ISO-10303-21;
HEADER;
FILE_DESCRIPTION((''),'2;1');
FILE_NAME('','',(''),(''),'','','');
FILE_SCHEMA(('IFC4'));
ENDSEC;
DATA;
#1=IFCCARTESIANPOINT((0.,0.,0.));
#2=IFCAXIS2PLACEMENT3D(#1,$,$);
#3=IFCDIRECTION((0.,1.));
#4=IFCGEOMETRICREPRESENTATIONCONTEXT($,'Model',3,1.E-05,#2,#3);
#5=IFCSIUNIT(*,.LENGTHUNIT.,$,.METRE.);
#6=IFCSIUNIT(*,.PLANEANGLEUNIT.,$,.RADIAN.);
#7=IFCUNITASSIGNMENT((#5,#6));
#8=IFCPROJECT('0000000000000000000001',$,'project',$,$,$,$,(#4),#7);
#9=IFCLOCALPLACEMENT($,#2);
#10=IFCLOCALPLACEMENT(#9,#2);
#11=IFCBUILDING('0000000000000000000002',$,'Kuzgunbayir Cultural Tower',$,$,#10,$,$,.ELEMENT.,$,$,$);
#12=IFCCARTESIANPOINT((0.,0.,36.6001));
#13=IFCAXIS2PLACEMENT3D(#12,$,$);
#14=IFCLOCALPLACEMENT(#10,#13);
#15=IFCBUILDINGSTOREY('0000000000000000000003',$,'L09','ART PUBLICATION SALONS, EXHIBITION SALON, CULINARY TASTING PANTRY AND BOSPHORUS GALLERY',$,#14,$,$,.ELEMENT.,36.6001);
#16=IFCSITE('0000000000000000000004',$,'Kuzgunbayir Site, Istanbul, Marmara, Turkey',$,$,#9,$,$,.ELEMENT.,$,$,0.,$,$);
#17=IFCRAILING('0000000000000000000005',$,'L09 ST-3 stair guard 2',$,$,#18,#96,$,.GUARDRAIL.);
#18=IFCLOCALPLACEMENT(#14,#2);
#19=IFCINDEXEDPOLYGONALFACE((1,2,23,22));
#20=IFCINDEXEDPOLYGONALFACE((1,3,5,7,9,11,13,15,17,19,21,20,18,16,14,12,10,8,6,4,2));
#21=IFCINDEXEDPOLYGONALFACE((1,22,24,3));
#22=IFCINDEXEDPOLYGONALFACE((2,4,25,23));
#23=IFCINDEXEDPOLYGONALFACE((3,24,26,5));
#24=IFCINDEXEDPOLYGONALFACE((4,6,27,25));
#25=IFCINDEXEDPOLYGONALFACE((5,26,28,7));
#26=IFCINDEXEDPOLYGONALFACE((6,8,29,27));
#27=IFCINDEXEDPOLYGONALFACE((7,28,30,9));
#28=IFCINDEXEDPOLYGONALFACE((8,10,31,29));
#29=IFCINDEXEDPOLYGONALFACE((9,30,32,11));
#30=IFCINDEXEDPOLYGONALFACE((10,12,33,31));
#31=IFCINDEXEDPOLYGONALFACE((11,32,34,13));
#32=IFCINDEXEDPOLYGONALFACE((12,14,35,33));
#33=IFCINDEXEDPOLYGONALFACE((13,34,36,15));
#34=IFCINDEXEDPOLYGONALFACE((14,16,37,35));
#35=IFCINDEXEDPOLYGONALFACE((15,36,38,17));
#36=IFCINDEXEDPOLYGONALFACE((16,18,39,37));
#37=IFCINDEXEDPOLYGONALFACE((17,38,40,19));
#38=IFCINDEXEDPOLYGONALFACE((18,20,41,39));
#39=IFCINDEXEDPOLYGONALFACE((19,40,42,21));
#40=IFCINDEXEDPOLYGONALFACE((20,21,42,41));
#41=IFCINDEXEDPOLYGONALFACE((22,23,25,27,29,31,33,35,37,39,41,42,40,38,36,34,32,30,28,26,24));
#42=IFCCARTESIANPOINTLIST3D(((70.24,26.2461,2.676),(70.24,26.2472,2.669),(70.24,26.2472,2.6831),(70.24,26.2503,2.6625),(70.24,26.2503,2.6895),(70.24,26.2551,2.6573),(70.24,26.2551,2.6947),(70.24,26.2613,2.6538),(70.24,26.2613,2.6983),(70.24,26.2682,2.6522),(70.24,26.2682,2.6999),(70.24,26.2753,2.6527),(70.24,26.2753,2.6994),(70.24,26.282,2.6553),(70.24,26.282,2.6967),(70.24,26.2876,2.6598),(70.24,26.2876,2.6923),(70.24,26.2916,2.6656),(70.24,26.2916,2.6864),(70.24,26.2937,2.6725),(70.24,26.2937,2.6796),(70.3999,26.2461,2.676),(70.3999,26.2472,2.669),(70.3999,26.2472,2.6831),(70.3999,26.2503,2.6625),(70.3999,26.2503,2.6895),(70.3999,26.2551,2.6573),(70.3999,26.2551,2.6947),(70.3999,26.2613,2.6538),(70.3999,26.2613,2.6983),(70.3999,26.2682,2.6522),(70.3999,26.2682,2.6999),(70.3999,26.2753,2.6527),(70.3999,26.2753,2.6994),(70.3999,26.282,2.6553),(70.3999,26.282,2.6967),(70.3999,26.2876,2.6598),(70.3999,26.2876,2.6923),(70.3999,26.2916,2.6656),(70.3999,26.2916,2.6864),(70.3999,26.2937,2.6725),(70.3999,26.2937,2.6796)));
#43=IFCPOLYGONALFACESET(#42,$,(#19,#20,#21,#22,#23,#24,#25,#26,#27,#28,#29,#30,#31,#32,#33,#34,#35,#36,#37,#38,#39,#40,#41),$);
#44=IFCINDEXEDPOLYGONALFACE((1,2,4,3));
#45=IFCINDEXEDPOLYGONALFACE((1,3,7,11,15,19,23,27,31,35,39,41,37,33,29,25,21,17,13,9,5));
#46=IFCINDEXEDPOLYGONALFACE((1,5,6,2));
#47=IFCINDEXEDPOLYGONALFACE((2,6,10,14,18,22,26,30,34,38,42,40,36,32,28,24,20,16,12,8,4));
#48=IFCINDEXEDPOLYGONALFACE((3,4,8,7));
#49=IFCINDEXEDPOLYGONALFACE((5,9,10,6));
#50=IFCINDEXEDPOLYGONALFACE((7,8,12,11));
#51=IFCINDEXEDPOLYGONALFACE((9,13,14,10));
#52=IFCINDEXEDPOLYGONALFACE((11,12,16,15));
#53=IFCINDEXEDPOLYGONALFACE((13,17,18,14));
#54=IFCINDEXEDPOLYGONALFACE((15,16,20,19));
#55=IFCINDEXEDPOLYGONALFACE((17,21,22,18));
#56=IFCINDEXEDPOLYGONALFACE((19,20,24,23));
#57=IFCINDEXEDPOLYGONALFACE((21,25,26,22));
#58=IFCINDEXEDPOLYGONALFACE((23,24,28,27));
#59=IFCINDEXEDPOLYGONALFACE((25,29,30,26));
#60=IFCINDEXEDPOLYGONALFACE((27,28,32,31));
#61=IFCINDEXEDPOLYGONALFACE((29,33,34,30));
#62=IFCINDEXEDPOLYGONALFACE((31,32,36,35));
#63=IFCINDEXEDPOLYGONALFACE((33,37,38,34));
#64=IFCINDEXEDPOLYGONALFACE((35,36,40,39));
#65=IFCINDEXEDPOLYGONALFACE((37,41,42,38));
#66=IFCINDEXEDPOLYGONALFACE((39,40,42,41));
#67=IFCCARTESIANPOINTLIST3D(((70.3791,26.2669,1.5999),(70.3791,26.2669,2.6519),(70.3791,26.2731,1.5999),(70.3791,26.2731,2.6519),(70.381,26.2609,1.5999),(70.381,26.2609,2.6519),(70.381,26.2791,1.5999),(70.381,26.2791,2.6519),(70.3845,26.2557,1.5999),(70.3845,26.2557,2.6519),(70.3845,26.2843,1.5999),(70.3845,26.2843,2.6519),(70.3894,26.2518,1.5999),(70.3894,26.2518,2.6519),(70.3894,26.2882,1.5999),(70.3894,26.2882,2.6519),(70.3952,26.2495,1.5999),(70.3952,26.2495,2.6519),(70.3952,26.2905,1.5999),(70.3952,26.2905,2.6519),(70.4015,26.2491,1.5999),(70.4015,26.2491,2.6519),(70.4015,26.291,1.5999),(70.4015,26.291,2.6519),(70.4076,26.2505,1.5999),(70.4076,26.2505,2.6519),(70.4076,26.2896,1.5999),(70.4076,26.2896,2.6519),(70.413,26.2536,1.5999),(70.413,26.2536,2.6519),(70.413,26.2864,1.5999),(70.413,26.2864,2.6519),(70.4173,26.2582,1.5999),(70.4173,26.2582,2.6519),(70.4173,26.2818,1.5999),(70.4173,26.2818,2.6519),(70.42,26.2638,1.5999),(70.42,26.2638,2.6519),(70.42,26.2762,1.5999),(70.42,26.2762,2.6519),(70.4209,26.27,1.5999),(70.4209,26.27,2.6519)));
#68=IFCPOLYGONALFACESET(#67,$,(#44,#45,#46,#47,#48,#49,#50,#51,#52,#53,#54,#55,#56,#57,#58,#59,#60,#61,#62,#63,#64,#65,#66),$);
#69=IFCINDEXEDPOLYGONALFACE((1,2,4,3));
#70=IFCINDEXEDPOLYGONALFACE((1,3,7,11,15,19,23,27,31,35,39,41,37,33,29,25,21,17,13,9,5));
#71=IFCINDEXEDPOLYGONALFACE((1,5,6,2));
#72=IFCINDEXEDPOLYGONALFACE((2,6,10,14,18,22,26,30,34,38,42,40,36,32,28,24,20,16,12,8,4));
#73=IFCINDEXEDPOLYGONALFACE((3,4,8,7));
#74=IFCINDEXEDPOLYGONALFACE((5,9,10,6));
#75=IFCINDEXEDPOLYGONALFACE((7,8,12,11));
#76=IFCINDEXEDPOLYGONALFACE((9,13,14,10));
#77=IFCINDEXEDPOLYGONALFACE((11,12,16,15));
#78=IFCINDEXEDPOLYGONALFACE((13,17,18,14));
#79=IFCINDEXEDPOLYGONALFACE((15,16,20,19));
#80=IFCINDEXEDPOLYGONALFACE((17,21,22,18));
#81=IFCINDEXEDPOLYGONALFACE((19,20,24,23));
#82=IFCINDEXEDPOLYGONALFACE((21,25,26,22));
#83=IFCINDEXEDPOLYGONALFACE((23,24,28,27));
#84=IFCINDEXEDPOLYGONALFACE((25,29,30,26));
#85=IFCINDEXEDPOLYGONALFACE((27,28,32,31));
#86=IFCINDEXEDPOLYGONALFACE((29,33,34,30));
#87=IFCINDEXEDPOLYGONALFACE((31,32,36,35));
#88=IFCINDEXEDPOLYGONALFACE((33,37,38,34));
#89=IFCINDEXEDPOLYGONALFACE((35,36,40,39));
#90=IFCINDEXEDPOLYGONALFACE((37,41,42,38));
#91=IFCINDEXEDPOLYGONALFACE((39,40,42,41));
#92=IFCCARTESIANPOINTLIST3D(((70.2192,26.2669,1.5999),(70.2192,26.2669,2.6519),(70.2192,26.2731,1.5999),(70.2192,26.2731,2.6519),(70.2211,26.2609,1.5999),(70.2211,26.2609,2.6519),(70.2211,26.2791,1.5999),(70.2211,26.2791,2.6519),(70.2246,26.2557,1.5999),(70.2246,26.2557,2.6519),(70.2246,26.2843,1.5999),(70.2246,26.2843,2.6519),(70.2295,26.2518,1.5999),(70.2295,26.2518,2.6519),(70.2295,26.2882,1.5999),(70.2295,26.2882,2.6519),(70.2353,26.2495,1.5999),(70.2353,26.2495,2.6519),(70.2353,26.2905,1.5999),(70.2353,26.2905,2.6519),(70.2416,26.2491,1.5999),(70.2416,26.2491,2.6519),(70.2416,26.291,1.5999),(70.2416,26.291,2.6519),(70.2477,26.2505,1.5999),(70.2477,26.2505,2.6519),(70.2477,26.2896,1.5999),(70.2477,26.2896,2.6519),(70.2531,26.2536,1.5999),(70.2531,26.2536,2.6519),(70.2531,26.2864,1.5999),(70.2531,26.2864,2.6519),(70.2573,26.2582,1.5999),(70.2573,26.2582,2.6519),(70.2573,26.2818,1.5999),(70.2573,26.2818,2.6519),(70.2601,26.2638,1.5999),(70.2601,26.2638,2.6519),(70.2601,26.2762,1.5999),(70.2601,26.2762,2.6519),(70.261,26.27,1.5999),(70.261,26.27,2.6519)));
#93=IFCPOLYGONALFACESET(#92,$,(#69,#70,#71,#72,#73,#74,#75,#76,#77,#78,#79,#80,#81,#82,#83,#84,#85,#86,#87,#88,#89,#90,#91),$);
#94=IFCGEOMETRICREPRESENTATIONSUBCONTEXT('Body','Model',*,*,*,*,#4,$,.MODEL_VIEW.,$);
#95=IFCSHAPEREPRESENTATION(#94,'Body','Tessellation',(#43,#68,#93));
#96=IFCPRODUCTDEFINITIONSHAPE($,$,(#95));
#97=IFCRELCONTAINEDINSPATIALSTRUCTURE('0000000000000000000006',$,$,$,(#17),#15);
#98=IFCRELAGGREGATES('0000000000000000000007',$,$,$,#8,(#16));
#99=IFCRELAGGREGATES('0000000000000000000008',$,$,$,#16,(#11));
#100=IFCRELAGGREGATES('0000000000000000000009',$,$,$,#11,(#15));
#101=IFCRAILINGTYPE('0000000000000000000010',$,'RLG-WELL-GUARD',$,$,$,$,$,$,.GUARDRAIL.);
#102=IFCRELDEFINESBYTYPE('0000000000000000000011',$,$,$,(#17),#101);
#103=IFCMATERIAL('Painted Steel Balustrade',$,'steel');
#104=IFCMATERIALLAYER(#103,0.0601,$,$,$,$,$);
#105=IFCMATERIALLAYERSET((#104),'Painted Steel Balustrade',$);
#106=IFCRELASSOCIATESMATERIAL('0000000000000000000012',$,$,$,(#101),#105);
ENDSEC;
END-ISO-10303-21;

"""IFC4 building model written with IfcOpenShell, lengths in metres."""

from ifc_helpers import new_model, si_unit, direction, frame, origin, origin_2d, place, context, subcontext, project, spatial, circle, extrude, material, layer, layer_set, type_object, element, save


model = new_model("IFC4")

# Units and contexts
model_context = context("Model", 3, precision=1e-05, world=origin(), true_north=direction((0.0, 1.0)))
body_context = subcontext(model_context, "Body", "Model", "MODEL_VIEW")
ifc_project = project(units=[si_unit("LENGTHUNIT", "METRE"), si_unit("PLANEANGLEUNIT", "RADIAN")], contexts=[model_context])

# Site, building, storey
site_placement = place(None, origin())
site = spatial("IfcSite", under=ifc_project, at=site_placement, Name="Kuzgunbayir Site, Istanbul, Marmara, Turkey", CompositionType="ELEMENT", RefElevation=0.0)
building_placement = place(site_placement, origin())
building = spatial("IfcBuilding", under=site, at=building_placement, Name="Kuzgunbayir Cultural Tower", CompositionType="ELEMENT")
storey_placement = place(building_placement, frame((0.0, 0.0, 36.6001)))
storey = spatial("IfcBuildingStorey", under=building, at=storey_placement, Name="L09", Description="ART PUBLICATION SALONS, EXHIBITION SALON, CULINARY TASTING PANTRY AND BOSPHORUS GALLERY", CompositionType="ELEMENT", Elevation=36.6001)

# Railing
ifc_material_1 = material(Name="Painted Steel Balustrade", Category="steel")
ifc_layer_1 = layer(ifc_material_1, 0.0601)
ifc_layer_set_1 = layer_set([ifc_layer_1], Name="Painted Steel Balustrade")
railing_type_1 = type_object("IfcRailingType", Name="RLG-WELL-GUARD", PredefinedType="GUARDRAIL", material=ifc_layer_set_1)
railing_1_placement = place(storey_placement, frame((70.3999, 26.27, 1.5999)))
element("IfcRailing", 1, at=railing_1_placement, inside=storey, type_object=railing_type_1, Name="L09 ST-3 stair guard 2", PredefinedType="GUARDRAIL", context=body_context, shape_type="SweptSolid", body=[
    extrude(circle(Radius=0.0239, at=origin_2d()), frame((0.0, 0.0, 1.0762), z_axis=(-1.0, 0.0, 0.0), x_axis=(0.0, -1.0, 0.0)), (0.0, 0.0, 1.0), 0.1599),
    extrude(circle(Radius=0.021, at=origin_2d()), origin(), (0.0, 0.0, 1.0), 1.052),
    extrude(circle(Radius=0.021, at=origin_2d()), frame((-0.1599, 0.0, 0.0)), (0.0, 0.0, 1.0), 1.052),
])

save(model, "model.ifc")
